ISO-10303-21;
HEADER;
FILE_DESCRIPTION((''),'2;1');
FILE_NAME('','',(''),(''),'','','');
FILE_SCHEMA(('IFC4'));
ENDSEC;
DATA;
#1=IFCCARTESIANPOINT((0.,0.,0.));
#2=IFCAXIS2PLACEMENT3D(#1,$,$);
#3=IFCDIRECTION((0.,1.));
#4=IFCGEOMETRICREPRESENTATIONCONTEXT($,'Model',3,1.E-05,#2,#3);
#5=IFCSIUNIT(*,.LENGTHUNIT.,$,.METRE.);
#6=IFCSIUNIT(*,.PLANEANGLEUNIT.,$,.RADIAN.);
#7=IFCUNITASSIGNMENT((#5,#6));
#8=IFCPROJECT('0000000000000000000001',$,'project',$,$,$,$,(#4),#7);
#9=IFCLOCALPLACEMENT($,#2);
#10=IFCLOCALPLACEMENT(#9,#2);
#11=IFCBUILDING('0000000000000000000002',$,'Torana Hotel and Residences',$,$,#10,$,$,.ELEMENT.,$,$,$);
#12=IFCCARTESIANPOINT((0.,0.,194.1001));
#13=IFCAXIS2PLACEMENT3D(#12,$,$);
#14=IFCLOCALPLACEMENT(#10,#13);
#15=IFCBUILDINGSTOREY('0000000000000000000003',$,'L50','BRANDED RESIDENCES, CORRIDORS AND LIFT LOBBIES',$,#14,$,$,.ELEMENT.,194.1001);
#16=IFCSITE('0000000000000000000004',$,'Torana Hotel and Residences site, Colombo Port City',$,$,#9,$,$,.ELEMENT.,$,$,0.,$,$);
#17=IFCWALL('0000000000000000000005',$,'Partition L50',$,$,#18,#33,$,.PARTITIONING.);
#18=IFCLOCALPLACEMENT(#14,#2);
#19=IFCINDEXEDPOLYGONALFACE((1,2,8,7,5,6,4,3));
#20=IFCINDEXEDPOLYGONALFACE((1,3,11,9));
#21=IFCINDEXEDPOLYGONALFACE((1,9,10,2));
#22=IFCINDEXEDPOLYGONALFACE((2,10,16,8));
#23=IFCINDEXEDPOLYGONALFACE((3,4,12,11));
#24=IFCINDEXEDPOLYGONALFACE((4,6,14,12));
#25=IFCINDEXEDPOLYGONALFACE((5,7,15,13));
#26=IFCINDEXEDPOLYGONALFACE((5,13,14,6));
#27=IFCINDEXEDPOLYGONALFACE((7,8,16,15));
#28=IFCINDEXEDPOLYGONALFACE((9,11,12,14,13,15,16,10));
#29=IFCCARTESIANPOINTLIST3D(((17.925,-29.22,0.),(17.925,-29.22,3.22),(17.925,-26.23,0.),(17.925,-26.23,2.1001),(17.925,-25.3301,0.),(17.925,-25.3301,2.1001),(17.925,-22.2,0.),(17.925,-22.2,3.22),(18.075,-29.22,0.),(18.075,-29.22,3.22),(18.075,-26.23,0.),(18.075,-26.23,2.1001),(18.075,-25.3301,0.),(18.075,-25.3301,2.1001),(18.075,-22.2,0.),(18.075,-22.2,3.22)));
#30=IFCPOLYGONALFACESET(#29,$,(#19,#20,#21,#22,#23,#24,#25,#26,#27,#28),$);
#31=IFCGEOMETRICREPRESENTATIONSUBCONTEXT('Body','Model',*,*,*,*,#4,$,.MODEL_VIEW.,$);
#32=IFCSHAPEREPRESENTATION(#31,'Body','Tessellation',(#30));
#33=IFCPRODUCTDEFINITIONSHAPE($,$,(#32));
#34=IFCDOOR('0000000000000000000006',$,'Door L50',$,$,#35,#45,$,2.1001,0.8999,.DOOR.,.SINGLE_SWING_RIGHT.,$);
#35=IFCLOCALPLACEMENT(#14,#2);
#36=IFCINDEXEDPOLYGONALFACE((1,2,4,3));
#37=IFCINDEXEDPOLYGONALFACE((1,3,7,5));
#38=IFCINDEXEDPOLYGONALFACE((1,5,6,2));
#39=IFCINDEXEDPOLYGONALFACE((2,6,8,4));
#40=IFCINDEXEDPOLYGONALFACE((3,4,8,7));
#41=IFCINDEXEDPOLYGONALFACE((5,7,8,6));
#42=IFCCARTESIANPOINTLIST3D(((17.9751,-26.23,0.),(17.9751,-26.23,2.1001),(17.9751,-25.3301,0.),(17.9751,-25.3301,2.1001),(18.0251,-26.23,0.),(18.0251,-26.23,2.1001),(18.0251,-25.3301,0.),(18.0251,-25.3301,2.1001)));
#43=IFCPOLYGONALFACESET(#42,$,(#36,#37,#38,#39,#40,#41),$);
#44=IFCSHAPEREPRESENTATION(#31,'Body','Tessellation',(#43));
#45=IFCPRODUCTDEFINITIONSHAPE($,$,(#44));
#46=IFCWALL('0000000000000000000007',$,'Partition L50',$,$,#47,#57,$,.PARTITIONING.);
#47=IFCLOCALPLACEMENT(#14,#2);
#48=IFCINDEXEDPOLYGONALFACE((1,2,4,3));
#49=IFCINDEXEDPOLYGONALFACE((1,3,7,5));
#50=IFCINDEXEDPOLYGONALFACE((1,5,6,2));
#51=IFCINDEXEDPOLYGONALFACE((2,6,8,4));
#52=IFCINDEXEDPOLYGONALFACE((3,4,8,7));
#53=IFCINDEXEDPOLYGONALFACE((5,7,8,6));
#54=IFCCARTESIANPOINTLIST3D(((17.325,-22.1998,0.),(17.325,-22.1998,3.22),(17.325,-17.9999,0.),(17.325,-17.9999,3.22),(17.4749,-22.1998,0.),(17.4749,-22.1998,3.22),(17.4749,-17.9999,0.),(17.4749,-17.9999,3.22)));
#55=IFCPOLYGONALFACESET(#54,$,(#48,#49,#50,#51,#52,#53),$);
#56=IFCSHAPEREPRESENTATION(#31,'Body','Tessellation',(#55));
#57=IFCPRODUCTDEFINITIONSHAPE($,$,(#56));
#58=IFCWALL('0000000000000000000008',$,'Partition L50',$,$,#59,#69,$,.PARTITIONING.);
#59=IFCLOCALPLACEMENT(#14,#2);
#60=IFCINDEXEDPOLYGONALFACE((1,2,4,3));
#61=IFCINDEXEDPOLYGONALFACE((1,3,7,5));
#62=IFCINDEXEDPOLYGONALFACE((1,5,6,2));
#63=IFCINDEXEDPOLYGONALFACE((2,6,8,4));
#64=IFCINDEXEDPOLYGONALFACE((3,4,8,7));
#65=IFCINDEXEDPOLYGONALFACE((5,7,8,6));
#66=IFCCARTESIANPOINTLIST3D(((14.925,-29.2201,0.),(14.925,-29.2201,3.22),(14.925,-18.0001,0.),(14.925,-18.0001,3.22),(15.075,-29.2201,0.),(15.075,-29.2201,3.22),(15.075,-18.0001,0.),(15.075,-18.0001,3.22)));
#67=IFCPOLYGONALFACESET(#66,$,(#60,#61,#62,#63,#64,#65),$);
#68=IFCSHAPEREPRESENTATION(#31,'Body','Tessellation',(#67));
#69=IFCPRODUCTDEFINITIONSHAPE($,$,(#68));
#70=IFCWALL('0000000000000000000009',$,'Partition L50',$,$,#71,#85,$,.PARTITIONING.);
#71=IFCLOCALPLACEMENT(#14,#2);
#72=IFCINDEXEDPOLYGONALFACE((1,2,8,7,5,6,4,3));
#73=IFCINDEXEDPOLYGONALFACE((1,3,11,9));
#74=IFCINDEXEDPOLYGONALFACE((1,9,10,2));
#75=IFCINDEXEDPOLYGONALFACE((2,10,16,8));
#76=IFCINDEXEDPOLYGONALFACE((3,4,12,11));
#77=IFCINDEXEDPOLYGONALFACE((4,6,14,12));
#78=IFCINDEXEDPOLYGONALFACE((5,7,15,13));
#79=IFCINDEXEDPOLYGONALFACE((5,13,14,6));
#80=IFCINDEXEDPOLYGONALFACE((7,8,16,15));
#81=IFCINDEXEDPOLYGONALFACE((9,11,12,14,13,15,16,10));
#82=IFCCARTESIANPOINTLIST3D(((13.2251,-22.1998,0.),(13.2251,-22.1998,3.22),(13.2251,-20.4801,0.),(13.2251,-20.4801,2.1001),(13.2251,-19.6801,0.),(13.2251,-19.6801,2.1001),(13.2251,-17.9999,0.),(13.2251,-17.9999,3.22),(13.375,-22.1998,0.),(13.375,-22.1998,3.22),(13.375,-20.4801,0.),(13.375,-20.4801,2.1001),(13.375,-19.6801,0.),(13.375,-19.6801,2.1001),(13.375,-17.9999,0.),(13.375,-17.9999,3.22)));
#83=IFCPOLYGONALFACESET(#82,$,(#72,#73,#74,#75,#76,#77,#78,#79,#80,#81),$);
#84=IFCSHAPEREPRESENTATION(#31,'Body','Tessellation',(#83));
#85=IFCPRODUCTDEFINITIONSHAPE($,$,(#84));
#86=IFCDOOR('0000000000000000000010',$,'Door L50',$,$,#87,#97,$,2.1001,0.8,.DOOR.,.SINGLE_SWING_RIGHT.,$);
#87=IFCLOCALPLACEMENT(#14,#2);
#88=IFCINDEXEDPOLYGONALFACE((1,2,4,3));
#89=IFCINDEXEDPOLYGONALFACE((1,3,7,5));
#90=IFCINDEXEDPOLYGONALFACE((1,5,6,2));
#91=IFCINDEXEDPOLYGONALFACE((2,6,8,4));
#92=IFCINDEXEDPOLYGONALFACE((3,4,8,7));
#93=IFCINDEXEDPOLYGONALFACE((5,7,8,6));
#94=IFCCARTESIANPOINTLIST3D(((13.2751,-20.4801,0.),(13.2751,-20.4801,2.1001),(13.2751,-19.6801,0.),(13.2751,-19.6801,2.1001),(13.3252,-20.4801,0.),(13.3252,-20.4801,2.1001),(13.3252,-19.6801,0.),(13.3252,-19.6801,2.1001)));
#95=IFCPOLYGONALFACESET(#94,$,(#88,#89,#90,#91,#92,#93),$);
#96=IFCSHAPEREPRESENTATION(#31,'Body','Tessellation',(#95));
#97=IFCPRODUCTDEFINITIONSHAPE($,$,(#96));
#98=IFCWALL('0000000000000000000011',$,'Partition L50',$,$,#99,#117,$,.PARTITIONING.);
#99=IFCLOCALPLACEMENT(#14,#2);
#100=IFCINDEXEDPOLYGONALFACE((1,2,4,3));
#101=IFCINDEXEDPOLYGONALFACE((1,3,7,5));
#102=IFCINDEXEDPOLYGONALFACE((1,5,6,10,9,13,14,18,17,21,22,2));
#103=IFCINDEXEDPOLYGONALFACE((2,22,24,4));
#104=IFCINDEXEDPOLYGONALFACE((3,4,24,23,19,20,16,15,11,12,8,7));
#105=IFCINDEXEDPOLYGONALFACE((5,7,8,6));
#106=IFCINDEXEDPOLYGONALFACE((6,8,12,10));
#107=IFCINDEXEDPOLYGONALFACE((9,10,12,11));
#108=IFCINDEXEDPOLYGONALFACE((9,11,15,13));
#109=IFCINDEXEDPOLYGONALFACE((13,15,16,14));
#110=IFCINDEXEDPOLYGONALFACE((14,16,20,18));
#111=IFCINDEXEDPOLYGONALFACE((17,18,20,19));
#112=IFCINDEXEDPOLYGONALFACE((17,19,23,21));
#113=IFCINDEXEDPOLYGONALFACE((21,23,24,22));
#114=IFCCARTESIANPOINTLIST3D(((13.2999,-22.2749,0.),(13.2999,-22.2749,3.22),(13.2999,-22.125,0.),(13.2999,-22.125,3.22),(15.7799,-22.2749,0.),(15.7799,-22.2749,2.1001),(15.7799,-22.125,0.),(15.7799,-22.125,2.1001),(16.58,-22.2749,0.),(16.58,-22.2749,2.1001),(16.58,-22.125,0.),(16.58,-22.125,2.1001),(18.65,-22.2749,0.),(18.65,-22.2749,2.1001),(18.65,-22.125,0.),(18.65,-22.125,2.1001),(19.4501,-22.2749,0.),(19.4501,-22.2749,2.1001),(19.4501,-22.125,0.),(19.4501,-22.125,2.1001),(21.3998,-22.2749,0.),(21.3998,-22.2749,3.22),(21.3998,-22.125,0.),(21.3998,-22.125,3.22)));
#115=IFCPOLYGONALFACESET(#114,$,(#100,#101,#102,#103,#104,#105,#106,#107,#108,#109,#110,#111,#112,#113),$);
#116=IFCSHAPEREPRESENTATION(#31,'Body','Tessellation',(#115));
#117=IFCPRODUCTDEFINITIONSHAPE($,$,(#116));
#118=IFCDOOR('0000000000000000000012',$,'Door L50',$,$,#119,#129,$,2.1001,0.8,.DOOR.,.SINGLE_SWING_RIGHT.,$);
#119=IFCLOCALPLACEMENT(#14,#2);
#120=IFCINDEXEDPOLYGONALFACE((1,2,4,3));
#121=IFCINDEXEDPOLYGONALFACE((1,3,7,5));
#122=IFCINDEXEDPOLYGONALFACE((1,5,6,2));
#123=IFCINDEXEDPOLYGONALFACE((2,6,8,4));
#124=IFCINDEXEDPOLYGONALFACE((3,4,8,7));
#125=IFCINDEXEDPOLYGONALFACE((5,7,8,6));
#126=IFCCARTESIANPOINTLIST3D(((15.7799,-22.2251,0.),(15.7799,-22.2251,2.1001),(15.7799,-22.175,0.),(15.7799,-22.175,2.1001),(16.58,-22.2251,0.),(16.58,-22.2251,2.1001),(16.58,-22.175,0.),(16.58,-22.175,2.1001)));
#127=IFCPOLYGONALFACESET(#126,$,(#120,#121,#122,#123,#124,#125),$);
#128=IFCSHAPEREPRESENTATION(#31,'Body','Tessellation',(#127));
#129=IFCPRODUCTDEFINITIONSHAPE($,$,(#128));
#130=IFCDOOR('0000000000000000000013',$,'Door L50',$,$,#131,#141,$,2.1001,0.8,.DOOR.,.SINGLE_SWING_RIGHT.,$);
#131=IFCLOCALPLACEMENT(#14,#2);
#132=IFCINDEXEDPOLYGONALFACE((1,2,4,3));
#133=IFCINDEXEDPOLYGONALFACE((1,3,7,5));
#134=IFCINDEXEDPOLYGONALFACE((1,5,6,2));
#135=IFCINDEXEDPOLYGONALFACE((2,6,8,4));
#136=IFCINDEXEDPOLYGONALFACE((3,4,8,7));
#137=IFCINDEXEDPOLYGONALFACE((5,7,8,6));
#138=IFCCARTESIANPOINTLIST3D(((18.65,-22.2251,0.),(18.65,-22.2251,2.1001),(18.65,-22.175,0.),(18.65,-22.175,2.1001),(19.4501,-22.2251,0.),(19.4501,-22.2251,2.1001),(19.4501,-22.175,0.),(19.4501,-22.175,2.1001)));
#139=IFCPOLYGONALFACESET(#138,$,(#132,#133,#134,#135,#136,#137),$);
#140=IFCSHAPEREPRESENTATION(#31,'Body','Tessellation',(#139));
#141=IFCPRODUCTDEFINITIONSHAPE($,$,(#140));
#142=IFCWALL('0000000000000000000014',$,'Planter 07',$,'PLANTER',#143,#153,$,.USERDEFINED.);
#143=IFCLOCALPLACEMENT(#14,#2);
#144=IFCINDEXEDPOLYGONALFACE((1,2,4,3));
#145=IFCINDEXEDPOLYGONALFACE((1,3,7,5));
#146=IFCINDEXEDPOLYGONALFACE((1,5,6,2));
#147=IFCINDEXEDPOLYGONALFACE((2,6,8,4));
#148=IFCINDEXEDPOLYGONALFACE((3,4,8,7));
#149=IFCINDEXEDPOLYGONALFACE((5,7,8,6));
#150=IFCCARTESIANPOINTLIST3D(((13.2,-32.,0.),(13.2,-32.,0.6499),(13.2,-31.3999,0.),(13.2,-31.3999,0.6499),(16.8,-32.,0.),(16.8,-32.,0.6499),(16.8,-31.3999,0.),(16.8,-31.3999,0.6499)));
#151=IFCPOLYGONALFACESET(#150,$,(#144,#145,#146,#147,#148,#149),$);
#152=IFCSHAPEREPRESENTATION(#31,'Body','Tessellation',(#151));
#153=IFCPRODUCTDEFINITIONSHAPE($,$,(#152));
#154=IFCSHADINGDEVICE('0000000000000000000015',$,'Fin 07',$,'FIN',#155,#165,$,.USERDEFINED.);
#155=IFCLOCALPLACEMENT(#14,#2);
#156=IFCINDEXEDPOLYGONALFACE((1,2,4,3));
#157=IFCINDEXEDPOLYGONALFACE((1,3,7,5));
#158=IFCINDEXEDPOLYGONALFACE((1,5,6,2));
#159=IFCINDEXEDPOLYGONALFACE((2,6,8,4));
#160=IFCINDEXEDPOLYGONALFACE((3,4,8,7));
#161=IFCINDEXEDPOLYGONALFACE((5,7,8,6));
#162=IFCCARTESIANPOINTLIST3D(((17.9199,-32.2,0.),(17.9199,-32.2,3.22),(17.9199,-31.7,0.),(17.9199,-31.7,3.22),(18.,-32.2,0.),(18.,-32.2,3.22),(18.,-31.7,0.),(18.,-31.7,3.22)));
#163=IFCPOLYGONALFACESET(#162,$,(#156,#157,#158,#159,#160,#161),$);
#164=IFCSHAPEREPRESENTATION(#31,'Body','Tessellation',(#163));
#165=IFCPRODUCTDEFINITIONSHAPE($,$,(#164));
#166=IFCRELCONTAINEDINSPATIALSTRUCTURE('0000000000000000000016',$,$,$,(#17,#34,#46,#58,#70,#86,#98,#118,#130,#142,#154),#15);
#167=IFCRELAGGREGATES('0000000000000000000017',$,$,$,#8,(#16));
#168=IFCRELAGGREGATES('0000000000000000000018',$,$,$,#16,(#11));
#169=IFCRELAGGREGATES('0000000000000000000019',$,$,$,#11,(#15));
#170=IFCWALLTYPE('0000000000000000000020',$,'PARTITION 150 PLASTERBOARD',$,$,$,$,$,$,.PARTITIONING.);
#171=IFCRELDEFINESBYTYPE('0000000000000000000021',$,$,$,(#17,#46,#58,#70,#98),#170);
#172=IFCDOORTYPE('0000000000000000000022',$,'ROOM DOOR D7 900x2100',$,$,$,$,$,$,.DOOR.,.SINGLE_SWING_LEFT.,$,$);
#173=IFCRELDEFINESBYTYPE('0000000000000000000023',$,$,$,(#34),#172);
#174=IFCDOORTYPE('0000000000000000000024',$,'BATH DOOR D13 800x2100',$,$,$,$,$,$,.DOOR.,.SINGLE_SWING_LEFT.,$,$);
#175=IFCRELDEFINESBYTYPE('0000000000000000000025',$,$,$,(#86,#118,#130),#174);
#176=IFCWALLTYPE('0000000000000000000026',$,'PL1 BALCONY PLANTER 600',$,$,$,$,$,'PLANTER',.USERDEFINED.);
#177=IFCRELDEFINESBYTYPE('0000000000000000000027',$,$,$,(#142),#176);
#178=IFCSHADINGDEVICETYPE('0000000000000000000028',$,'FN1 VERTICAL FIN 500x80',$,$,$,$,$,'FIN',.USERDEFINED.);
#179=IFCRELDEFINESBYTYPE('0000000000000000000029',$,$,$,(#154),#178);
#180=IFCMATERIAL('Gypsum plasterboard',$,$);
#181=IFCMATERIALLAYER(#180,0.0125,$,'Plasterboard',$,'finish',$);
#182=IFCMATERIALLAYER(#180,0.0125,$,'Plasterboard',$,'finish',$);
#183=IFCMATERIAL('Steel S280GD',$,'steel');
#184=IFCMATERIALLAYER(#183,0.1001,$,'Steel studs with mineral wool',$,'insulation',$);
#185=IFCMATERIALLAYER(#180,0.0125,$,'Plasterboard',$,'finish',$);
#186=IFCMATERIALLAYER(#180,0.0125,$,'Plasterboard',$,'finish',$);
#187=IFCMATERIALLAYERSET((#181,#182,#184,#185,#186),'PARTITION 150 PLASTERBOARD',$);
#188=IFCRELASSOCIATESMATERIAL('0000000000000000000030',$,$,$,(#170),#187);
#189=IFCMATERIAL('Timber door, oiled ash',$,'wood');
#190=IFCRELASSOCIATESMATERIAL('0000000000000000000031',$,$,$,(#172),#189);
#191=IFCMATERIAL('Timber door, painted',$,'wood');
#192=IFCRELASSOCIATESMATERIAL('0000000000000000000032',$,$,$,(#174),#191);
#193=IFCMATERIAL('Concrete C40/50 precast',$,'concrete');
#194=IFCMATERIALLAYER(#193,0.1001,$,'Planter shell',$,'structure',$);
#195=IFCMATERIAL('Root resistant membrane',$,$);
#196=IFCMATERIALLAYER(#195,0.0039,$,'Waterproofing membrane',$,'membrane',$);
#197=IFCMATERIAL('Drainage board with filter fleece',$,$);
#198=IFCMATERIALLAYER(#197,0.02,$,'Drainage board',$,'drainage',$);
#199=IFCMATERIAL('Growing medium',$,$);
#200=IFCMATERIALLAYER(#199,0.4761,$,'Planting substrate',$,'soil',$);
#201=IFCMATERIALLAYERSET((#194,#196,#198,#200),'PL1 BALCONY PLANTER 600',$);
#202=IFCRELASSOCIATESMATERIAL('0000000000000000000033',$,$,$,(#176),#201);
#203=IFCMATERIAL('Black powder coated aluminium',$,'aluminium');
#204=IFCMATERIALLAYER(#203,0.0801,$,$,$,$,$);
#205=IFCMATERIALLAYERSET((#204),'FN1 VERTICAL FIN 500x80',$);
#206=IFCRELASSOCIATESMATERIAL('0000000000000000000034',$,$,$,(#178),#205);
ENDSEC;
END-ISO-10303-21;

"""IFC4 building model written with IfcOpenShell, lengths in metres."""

from ifc_helpers import new_model, si_unit, direction, frame, frame_2d, origin, origin_2d, place, context, subcontext, project, spatial, rectangle, extrude, material, layer, layer_set, type_object, element, fill, save


model = new_model("IFC4")

# Units and contexts
model_context = context("Model", 3, precision=1e-05, world=origin(), true_north=direction((0.0, 1.0)))
body_context = subcontext(model_context, "Body", "Model", "MODEL_VIEW")
ifc_project = project(units=[si_unit("LENGTHUNIT", "METRE"), si_unit("PLANEANGLEUNIT", "RADIAN")], contexts=[model_context])

# Site, building, storey
site_placement = place(None, origin())
site = spatial("IfcSite", under=ifc_project, at=site_placement, Name="Torana Hotel and Residences site, Colombo Port City", CompositionType="ELEMENT", RefElevation=0.0)
building_placement = place(site_placement, origin())
building = spatial("IfcBuilding", under=site, at=building_placement, Name="Torana Hotel and Residences", CompositionType="ELEMENT")
storey_placement = place(building_placement, frame((0.0, 0.0, 194.1001)))
storey = spatial("IfcBuildingStorey", under=building, at=storey_placement, Name="L50", Description="BRANDED RESIDENCES, CORRIDORS AND LIFT LOBBIES", CompositionType="ELEMENT", Elevation=194.1001)

# Wall, opening, door
ifc_material_1 = material(Name="Gypsum plasterboard")
ifc_layer_1 = layer(ifc_material_1, 0.0125, Name="Plasterboard", Category="finish")
ifc_layer_2 = layer(ifc_material_1, 0.0125, Name="Plasterboard", Category="finish")
ifc_material_2 = material(Name="Steel S280GD", Category="steel")
ifc_layer_3 = layer(ifc_material_2, 0.1001, Name="Steel studs with mineral wool", Category="insulation")
ifc_layer_4 = layer(ifc_material_1, 0.0125, Name="Plasterboard", Category="finish")
ifc_layer_5 = layer(ifc_material_1, 0.0125, Name="Plasterboard", Category="finish")
ifc_layer_set_1 = layer_set([ifc_layer_1, ifc_layer_2, ifc_layer_3, ifc_layer_4, ifc_layer_5], Name="PARTITION 150 PLASTERBOARD")
wall_type_1 = type_object("IfcWallType", Name="PARTITION 150 PLASTERBOARD", PredefinedType="PARTITIONING", material=ifc_layer_set_1)
wall_1_placement = place(storey_placement, frame((18.0, -29.22, 0.0), z_axis=(0.0, 0.0, 1.0), x_axis=(0.0, 1.0, 0.0)))
wall_1 = element("IfcWall", 1, at=wall_1_placement, inside=storey, type_object=wall_type_1, Name="Partition L50", PredefinedType="PARTITIONING", context=body_context, shape_type="SweptSolid", body=[
    extrude(rectangle(XDim=7.02, YDim=0.1499, at=frame_2d((3.51, 0.0))), origin(), (0.0, 0.0, 1.0), 3.22),
])
opening_1_placement = place(wall_1_placement, frame((2.99, 0.0, 0.0)))
opening_1 = element("IfcOpeningElement", 2, at=opening_1_placement, cuts=wall_1, PredefinedType="OPENING", context=body_context, shape_type="SweptSolid", body=[
    extrude(rectangle(XDim=0.8999, YDim=2.1001, at=frame_2d((0.45, 1.05))), frame((0.0, 0.085, 0.0), z_axis=(0.0, -1.0, 0.0), x_axis=(1.0, 0.0, 0.0)), (0.0, 0.0, 1.0), 0.1699),
])
ifc_material_3 = material(Name="Timber door, oiled ash", Category="wood")
door_type_1 = type_object("IfcDoorType", Name="ROOM DOOR D7 900x2100", OperationType="SINGLE_SWING_LEFT", PredefinedType="DOOR", material=ifc_material_3)
door_1_placement = place(opening_1_placement, origin())
door_1 = element("IfcDoor", 3, at=door_1_placement, inside=storey, type_object=door_type_1, Name="Door L50", OperationType="SINGLE_SWING_RIGHT", OverallHeight=2.1001, OverallWidth=0.8999, PredefinedType="DOOR", context=body_context, shape_type="SweptSolid", body=[
    extrude(rectangle(XDim=0.8999, YDim=2.1001, at=frame_2d((0.45, 1.05))), frame((0.0, 0.0249, 0.0), z_axis=(0.0, -1.0, 0.0), x_axis=(1.0, 0.0, 0.0)), (0.0, 0.0, 1.0), 0.05),
])
fill(opening_1, door_1)

# Walls
wall_2_placement = place(storey_placement, frame((17.3999, -22.2, 0.0), z_axis=(0.0, 0.0, 1.0), x_axis=(0.0, 1.0, 0.0)))
element("IfcWall", 4, at=wall_2_placement, inside=storey, type_object=wall_type_1, Name="Partition L50", PredefinedType="PARTITIONING", context=body_context, shape_type="SweptSolid", body=[
    extrude(rectangle(XDim=4.2, YDim=0.1499, at=frame_2d((2.1001, 0.0))), origin(), (0.0, 0.0, 1.0), 3.22),
])
wall_3_placement = place(storey_placement, frame((15.0, -29.22, 0.0), z_axis=(0.0, 0.0, 1.0), x_axis=(0.0, 1.0, 0.0)))
element("IfcWall", 5, at=wall_3_placement, inside=storey, type_object=wall_type_1, Name="Partition L50", PredefinedType="PARTITIONING", context=body_context, shape_type="SweptSolid", body=[
    extrude(rectangle(XDim=11.22, YDim=0.1499, at=frame_2d((5.6099, 0.0))), origin(), (0.0, 0.0, 1.0), 3.22),
])

# Wall, opening, door
wall_4_placement = place(storey_placement, frame((13.3, -22.2, 0.0), z_axis=(0.0, 0.0, 1.0), x_axis=(0.0, 1.0, 0.0)))
wall_4 = element("IfcWall", 6, at=wall_4_placement, inside=storey, type_object=wall_type_1, Name="Partition L50", PredefinedType="PARTITIONING", context=body_context, shape_type="SweptSolid", body=[
    extrude(rectangle(XDim=4.2, YDim=0.1499, at=frame_2d((2.1001, 0.0))), origin(), (0.0, 0.0, 1.0), 3.22),
])
opening_2_placement = place(wall_4_placement, frame((1.72, 0.0, 0.0)))
opening_2 = element("IfcOpeningElement", 7, at=opening_2_placement, cuts=wall_4, PredefinedType="OPENING", context=body_context, shape_type="SweptSolid", body=[
    extrude(rectangle(XDim=0.8, YDim=2.1001, at=frame_2d((0.3999, 1.05))), frame((0.0, 0.085, 0.0), z_axis=(0.0, -1.0, 0.0), x_axis=(1.0, 0.0, 0.0)), (0.0, 0.0, 1.0), 0.1699),
])
ifc_material_4 = material(Name="Timber door, painted", Category="wood")
door_type_2 = type_object("IfcDoorType", Name="BATH DOOR D13 800x2100", OperationType="SINGLE_SWING_LEFT", PredefinedType="DOOR", material=ifc_material_4)
door_2_placement = place(opening_2_placement, origin())
door_2 = element("IfcDoor", 8, at=door_2_placement, inside=storey, type_object=door_type_2, Name="Door L50", OperationType="SINGLE_SWING_RIGHT", OverallHeight=2.1001, OverallWidth=0.8, PredefinedType="DOOR", context=body_context, shape_type="SweptSolid", body=[
    extrude(rectangle(XDim=0.8, YDim=2.1001, at=frame_2d((0.3999, 1.05))), frame((0.0, 0.0249, 0.0), z_axis=(0.0, -1.0, 0.0), x_axis=(1.0, 0.0, 0.0)), (0.0, 0.0, 1.0), 0.05),
])
fill(opening_2, door_2)

# Wall, openings, doors
wall_5_placement = place(storey_placement, frame((13.3, -22.2, 0.0), z_axis=(0.0, 0.0, 1.0), x_axis=(1.0, 0.0, 0.0)))
wall_5 = element("IfcWall", 9, at=wall_5_placement, inside=storey, type_object=wall_type_1, Name="Partition L50", PredefinedType="PARTITIONING", context=body_context, shape_type="SweptSolid", body=[
    extrude(rectangle(XDim=8.0999, YDim=0.1499, at=frame_2d((4.0498, 0.0))), origin(), (0.0, 0.0, 1.0), 3.22),
])
opening_3_placement = place(wall_5_placement, frame((2.48, 0.0, 0.0)))
opening_3 = element("IfcOpeningElement", 10, at=opening_3_placement, cuts=wall_5, PredefinedType="OPENING", context=body_context, shape_type="SweptSolid", body=[
    extrude(rectangle(XDim=0.8, YDim=2.1001, at=frame_2d((0.3999, 1.05))), frame((0.0, 0.085, 0.0), z_axis=(0.0, -1.0, 0.0), x_axis=(1.0, 0.0, 0.0)), (0.0, 0.0, 1.0), 0.1699),
])
opening_4_placement = place(wall_5_placement, frame((5.3501, 0.0, 0.0)))
opening_4 = element("IfcOpeningElement", 11, at=opening_4_placement, cuts=wall_5, PredefinedType="OPENING", context=body_context, shape_type="SweptSolid", body=[
    extrude(rectangle(XDim=0.8, YDim=2.1001, at=frame_2d((0.3999, 1.05))), frame((0.0, 0.085, 0.0), z_axis=(0.0, -1.0, 0.0), x_axis=(1.0, 0.0, 0.0)), (0.0, 0.0, 1.0), 0.1699),
])
door_3_placement = place(opening_3_placement, origin())
door_3 = element("IfcDoor", 12, at=door_3_placement, inside=storey, type_object=door_type_2, Name="Door L50", OperationType="SINGLE_SWING_RIGHT", OverallHeight=2.1001, OverallWidth=0.8, PredefinedType="DOOR", context=body_context, shape_type="SweptSolid", body=[
    extrude(rectangle(XDim=0.8, YDim=2.1001, at=frame_2d((0.3999, 1.05))), frame((0.0, 0.0249, 0.0), z_axis=(0.0, -1.0, 0.0), x_axis=(1.0, 0.0, 0.0)), (0.0, 0.0, 1.0), 0.05),
])
fill(opening_3, door_3)
door_4_placement = place(opening_4_placement, origin())
door_4 = element("IfcDoor", 13, at=door_4_placement, inside=storey, type_object=door_type_2, Name="Door L50", OperationType="SINGLE_SWING_RIGHT", OverallHeight=2.1001, OverallWidth=0.8, PredefinedType="DOOR", context=body_context, shape_type="SweptSolid", body=[
    extrude(rectangle(XDim=0.8, YDim=2.1001, at=frame_2d((0.3999, 1.05))), frame((0.0, 0.0249, 0.0), z_axis=(0.0, -1.0, 0.0), x_axis=(1.0, 0.0, 0.0)), (0.0, 0.0, 1.0), 0.05),
])
fill(opening_4, door_4)

# Wall
ifc_material_5 = material(Name="Concrete C40/50 precast", Category="concrete")
ifc_layer_6 = layer(ifc_material_5, 0.1001, Name="Planter shell", Category="structure")
ifc_material_6 = material(Name="Root resistant membrane")
ifc_layer_7 = layer(ifc_material_6, 0.0039, Name="Waterproofing membrane", Category="membrane")
ifc_material_7 = material(Name="Drainage board with filter fleece")
ifc_layer_8 = layer(ifc_material_7, 0.02, Name="Drainage board", Category="drainage")
ifc_material_8 = material(Name="Growing medium")
ifc_layer_9 = layer(ifc_material_8, 0.4761, Name="Planting substrate", Category="soil")
ifc_layer_set_2 = layer_set([ifc_layer_6, ifc_layer_7, ifc_layer_8, ifc_layer_9], Name="PL1 BALCONY PLANTER 600")
wall_type_2 = type_object("IfcWallType", Name="PL1 BALCONY PLANTER 600", ElementType="PLANTER", PredefinedType="USERDEFINED", material=ifc_layer_set_2)
wall_6_placement = place(storey_placement, frame((16.8, -31.7, 0.0), z_axis=(0.0, 0.0, 1.0), x_axis=(-1.0, 0.0, 0.0)))
element("IfcWall", 14, at=wall_6_placement, inside=storey, type_object=wall_type_2, Name="Planter 07", ObjectType="PLANTER", PredefinedType="USERDEFINED", context=body_context, shape_type="SweptSolid", body=[
    extrude(rectangle(XDim=3.6001, YDim=0.6001, at=frame_2d((1.8, 0.0))), origin(), (0.0, 0.0, 1.0), 0.6499),
])

# Shading device
ifc_material_9 = material(Name="Black powder coated aluminium", Category="aluminium")
ifc_layer_10 = layer(ifc_material_9, 0.0801)
ifc_layer_set_3 = layer_set([ifc_layer_10], Name="FN1 VERTICAL FIN 500x80")
shading_device_type = type_object("IfcShadingDeviceType", Name="FN1 VERTICAL FIN 500x80", ElementType="FIN", PredefinedType="USERDEFINED", material=ifc_layer_set_3)
shading_device_placement = place(storey_placement, frame((17.96, -31.95, 0.0), z_axis=(0.0, 0.0, 1.0), x_axis=(-1.0, 0.0, 0.0)))
element("IfcShadingDevice", 15, at=shading_device_placement, inside=storey, type_object=shading_device_type, Name="Fin 07", ObjectType="FIN", PredefinedType="USERDEFINED", context=body_context, shape_type="SweptSolid", body=[
    extrude(rectangle(XDim=0.0801, YDim=0.5, at=origin_2d()), origin(), (0.0, 0.0, 1.0), 3.22),
])

save(model, "model.ifc")
